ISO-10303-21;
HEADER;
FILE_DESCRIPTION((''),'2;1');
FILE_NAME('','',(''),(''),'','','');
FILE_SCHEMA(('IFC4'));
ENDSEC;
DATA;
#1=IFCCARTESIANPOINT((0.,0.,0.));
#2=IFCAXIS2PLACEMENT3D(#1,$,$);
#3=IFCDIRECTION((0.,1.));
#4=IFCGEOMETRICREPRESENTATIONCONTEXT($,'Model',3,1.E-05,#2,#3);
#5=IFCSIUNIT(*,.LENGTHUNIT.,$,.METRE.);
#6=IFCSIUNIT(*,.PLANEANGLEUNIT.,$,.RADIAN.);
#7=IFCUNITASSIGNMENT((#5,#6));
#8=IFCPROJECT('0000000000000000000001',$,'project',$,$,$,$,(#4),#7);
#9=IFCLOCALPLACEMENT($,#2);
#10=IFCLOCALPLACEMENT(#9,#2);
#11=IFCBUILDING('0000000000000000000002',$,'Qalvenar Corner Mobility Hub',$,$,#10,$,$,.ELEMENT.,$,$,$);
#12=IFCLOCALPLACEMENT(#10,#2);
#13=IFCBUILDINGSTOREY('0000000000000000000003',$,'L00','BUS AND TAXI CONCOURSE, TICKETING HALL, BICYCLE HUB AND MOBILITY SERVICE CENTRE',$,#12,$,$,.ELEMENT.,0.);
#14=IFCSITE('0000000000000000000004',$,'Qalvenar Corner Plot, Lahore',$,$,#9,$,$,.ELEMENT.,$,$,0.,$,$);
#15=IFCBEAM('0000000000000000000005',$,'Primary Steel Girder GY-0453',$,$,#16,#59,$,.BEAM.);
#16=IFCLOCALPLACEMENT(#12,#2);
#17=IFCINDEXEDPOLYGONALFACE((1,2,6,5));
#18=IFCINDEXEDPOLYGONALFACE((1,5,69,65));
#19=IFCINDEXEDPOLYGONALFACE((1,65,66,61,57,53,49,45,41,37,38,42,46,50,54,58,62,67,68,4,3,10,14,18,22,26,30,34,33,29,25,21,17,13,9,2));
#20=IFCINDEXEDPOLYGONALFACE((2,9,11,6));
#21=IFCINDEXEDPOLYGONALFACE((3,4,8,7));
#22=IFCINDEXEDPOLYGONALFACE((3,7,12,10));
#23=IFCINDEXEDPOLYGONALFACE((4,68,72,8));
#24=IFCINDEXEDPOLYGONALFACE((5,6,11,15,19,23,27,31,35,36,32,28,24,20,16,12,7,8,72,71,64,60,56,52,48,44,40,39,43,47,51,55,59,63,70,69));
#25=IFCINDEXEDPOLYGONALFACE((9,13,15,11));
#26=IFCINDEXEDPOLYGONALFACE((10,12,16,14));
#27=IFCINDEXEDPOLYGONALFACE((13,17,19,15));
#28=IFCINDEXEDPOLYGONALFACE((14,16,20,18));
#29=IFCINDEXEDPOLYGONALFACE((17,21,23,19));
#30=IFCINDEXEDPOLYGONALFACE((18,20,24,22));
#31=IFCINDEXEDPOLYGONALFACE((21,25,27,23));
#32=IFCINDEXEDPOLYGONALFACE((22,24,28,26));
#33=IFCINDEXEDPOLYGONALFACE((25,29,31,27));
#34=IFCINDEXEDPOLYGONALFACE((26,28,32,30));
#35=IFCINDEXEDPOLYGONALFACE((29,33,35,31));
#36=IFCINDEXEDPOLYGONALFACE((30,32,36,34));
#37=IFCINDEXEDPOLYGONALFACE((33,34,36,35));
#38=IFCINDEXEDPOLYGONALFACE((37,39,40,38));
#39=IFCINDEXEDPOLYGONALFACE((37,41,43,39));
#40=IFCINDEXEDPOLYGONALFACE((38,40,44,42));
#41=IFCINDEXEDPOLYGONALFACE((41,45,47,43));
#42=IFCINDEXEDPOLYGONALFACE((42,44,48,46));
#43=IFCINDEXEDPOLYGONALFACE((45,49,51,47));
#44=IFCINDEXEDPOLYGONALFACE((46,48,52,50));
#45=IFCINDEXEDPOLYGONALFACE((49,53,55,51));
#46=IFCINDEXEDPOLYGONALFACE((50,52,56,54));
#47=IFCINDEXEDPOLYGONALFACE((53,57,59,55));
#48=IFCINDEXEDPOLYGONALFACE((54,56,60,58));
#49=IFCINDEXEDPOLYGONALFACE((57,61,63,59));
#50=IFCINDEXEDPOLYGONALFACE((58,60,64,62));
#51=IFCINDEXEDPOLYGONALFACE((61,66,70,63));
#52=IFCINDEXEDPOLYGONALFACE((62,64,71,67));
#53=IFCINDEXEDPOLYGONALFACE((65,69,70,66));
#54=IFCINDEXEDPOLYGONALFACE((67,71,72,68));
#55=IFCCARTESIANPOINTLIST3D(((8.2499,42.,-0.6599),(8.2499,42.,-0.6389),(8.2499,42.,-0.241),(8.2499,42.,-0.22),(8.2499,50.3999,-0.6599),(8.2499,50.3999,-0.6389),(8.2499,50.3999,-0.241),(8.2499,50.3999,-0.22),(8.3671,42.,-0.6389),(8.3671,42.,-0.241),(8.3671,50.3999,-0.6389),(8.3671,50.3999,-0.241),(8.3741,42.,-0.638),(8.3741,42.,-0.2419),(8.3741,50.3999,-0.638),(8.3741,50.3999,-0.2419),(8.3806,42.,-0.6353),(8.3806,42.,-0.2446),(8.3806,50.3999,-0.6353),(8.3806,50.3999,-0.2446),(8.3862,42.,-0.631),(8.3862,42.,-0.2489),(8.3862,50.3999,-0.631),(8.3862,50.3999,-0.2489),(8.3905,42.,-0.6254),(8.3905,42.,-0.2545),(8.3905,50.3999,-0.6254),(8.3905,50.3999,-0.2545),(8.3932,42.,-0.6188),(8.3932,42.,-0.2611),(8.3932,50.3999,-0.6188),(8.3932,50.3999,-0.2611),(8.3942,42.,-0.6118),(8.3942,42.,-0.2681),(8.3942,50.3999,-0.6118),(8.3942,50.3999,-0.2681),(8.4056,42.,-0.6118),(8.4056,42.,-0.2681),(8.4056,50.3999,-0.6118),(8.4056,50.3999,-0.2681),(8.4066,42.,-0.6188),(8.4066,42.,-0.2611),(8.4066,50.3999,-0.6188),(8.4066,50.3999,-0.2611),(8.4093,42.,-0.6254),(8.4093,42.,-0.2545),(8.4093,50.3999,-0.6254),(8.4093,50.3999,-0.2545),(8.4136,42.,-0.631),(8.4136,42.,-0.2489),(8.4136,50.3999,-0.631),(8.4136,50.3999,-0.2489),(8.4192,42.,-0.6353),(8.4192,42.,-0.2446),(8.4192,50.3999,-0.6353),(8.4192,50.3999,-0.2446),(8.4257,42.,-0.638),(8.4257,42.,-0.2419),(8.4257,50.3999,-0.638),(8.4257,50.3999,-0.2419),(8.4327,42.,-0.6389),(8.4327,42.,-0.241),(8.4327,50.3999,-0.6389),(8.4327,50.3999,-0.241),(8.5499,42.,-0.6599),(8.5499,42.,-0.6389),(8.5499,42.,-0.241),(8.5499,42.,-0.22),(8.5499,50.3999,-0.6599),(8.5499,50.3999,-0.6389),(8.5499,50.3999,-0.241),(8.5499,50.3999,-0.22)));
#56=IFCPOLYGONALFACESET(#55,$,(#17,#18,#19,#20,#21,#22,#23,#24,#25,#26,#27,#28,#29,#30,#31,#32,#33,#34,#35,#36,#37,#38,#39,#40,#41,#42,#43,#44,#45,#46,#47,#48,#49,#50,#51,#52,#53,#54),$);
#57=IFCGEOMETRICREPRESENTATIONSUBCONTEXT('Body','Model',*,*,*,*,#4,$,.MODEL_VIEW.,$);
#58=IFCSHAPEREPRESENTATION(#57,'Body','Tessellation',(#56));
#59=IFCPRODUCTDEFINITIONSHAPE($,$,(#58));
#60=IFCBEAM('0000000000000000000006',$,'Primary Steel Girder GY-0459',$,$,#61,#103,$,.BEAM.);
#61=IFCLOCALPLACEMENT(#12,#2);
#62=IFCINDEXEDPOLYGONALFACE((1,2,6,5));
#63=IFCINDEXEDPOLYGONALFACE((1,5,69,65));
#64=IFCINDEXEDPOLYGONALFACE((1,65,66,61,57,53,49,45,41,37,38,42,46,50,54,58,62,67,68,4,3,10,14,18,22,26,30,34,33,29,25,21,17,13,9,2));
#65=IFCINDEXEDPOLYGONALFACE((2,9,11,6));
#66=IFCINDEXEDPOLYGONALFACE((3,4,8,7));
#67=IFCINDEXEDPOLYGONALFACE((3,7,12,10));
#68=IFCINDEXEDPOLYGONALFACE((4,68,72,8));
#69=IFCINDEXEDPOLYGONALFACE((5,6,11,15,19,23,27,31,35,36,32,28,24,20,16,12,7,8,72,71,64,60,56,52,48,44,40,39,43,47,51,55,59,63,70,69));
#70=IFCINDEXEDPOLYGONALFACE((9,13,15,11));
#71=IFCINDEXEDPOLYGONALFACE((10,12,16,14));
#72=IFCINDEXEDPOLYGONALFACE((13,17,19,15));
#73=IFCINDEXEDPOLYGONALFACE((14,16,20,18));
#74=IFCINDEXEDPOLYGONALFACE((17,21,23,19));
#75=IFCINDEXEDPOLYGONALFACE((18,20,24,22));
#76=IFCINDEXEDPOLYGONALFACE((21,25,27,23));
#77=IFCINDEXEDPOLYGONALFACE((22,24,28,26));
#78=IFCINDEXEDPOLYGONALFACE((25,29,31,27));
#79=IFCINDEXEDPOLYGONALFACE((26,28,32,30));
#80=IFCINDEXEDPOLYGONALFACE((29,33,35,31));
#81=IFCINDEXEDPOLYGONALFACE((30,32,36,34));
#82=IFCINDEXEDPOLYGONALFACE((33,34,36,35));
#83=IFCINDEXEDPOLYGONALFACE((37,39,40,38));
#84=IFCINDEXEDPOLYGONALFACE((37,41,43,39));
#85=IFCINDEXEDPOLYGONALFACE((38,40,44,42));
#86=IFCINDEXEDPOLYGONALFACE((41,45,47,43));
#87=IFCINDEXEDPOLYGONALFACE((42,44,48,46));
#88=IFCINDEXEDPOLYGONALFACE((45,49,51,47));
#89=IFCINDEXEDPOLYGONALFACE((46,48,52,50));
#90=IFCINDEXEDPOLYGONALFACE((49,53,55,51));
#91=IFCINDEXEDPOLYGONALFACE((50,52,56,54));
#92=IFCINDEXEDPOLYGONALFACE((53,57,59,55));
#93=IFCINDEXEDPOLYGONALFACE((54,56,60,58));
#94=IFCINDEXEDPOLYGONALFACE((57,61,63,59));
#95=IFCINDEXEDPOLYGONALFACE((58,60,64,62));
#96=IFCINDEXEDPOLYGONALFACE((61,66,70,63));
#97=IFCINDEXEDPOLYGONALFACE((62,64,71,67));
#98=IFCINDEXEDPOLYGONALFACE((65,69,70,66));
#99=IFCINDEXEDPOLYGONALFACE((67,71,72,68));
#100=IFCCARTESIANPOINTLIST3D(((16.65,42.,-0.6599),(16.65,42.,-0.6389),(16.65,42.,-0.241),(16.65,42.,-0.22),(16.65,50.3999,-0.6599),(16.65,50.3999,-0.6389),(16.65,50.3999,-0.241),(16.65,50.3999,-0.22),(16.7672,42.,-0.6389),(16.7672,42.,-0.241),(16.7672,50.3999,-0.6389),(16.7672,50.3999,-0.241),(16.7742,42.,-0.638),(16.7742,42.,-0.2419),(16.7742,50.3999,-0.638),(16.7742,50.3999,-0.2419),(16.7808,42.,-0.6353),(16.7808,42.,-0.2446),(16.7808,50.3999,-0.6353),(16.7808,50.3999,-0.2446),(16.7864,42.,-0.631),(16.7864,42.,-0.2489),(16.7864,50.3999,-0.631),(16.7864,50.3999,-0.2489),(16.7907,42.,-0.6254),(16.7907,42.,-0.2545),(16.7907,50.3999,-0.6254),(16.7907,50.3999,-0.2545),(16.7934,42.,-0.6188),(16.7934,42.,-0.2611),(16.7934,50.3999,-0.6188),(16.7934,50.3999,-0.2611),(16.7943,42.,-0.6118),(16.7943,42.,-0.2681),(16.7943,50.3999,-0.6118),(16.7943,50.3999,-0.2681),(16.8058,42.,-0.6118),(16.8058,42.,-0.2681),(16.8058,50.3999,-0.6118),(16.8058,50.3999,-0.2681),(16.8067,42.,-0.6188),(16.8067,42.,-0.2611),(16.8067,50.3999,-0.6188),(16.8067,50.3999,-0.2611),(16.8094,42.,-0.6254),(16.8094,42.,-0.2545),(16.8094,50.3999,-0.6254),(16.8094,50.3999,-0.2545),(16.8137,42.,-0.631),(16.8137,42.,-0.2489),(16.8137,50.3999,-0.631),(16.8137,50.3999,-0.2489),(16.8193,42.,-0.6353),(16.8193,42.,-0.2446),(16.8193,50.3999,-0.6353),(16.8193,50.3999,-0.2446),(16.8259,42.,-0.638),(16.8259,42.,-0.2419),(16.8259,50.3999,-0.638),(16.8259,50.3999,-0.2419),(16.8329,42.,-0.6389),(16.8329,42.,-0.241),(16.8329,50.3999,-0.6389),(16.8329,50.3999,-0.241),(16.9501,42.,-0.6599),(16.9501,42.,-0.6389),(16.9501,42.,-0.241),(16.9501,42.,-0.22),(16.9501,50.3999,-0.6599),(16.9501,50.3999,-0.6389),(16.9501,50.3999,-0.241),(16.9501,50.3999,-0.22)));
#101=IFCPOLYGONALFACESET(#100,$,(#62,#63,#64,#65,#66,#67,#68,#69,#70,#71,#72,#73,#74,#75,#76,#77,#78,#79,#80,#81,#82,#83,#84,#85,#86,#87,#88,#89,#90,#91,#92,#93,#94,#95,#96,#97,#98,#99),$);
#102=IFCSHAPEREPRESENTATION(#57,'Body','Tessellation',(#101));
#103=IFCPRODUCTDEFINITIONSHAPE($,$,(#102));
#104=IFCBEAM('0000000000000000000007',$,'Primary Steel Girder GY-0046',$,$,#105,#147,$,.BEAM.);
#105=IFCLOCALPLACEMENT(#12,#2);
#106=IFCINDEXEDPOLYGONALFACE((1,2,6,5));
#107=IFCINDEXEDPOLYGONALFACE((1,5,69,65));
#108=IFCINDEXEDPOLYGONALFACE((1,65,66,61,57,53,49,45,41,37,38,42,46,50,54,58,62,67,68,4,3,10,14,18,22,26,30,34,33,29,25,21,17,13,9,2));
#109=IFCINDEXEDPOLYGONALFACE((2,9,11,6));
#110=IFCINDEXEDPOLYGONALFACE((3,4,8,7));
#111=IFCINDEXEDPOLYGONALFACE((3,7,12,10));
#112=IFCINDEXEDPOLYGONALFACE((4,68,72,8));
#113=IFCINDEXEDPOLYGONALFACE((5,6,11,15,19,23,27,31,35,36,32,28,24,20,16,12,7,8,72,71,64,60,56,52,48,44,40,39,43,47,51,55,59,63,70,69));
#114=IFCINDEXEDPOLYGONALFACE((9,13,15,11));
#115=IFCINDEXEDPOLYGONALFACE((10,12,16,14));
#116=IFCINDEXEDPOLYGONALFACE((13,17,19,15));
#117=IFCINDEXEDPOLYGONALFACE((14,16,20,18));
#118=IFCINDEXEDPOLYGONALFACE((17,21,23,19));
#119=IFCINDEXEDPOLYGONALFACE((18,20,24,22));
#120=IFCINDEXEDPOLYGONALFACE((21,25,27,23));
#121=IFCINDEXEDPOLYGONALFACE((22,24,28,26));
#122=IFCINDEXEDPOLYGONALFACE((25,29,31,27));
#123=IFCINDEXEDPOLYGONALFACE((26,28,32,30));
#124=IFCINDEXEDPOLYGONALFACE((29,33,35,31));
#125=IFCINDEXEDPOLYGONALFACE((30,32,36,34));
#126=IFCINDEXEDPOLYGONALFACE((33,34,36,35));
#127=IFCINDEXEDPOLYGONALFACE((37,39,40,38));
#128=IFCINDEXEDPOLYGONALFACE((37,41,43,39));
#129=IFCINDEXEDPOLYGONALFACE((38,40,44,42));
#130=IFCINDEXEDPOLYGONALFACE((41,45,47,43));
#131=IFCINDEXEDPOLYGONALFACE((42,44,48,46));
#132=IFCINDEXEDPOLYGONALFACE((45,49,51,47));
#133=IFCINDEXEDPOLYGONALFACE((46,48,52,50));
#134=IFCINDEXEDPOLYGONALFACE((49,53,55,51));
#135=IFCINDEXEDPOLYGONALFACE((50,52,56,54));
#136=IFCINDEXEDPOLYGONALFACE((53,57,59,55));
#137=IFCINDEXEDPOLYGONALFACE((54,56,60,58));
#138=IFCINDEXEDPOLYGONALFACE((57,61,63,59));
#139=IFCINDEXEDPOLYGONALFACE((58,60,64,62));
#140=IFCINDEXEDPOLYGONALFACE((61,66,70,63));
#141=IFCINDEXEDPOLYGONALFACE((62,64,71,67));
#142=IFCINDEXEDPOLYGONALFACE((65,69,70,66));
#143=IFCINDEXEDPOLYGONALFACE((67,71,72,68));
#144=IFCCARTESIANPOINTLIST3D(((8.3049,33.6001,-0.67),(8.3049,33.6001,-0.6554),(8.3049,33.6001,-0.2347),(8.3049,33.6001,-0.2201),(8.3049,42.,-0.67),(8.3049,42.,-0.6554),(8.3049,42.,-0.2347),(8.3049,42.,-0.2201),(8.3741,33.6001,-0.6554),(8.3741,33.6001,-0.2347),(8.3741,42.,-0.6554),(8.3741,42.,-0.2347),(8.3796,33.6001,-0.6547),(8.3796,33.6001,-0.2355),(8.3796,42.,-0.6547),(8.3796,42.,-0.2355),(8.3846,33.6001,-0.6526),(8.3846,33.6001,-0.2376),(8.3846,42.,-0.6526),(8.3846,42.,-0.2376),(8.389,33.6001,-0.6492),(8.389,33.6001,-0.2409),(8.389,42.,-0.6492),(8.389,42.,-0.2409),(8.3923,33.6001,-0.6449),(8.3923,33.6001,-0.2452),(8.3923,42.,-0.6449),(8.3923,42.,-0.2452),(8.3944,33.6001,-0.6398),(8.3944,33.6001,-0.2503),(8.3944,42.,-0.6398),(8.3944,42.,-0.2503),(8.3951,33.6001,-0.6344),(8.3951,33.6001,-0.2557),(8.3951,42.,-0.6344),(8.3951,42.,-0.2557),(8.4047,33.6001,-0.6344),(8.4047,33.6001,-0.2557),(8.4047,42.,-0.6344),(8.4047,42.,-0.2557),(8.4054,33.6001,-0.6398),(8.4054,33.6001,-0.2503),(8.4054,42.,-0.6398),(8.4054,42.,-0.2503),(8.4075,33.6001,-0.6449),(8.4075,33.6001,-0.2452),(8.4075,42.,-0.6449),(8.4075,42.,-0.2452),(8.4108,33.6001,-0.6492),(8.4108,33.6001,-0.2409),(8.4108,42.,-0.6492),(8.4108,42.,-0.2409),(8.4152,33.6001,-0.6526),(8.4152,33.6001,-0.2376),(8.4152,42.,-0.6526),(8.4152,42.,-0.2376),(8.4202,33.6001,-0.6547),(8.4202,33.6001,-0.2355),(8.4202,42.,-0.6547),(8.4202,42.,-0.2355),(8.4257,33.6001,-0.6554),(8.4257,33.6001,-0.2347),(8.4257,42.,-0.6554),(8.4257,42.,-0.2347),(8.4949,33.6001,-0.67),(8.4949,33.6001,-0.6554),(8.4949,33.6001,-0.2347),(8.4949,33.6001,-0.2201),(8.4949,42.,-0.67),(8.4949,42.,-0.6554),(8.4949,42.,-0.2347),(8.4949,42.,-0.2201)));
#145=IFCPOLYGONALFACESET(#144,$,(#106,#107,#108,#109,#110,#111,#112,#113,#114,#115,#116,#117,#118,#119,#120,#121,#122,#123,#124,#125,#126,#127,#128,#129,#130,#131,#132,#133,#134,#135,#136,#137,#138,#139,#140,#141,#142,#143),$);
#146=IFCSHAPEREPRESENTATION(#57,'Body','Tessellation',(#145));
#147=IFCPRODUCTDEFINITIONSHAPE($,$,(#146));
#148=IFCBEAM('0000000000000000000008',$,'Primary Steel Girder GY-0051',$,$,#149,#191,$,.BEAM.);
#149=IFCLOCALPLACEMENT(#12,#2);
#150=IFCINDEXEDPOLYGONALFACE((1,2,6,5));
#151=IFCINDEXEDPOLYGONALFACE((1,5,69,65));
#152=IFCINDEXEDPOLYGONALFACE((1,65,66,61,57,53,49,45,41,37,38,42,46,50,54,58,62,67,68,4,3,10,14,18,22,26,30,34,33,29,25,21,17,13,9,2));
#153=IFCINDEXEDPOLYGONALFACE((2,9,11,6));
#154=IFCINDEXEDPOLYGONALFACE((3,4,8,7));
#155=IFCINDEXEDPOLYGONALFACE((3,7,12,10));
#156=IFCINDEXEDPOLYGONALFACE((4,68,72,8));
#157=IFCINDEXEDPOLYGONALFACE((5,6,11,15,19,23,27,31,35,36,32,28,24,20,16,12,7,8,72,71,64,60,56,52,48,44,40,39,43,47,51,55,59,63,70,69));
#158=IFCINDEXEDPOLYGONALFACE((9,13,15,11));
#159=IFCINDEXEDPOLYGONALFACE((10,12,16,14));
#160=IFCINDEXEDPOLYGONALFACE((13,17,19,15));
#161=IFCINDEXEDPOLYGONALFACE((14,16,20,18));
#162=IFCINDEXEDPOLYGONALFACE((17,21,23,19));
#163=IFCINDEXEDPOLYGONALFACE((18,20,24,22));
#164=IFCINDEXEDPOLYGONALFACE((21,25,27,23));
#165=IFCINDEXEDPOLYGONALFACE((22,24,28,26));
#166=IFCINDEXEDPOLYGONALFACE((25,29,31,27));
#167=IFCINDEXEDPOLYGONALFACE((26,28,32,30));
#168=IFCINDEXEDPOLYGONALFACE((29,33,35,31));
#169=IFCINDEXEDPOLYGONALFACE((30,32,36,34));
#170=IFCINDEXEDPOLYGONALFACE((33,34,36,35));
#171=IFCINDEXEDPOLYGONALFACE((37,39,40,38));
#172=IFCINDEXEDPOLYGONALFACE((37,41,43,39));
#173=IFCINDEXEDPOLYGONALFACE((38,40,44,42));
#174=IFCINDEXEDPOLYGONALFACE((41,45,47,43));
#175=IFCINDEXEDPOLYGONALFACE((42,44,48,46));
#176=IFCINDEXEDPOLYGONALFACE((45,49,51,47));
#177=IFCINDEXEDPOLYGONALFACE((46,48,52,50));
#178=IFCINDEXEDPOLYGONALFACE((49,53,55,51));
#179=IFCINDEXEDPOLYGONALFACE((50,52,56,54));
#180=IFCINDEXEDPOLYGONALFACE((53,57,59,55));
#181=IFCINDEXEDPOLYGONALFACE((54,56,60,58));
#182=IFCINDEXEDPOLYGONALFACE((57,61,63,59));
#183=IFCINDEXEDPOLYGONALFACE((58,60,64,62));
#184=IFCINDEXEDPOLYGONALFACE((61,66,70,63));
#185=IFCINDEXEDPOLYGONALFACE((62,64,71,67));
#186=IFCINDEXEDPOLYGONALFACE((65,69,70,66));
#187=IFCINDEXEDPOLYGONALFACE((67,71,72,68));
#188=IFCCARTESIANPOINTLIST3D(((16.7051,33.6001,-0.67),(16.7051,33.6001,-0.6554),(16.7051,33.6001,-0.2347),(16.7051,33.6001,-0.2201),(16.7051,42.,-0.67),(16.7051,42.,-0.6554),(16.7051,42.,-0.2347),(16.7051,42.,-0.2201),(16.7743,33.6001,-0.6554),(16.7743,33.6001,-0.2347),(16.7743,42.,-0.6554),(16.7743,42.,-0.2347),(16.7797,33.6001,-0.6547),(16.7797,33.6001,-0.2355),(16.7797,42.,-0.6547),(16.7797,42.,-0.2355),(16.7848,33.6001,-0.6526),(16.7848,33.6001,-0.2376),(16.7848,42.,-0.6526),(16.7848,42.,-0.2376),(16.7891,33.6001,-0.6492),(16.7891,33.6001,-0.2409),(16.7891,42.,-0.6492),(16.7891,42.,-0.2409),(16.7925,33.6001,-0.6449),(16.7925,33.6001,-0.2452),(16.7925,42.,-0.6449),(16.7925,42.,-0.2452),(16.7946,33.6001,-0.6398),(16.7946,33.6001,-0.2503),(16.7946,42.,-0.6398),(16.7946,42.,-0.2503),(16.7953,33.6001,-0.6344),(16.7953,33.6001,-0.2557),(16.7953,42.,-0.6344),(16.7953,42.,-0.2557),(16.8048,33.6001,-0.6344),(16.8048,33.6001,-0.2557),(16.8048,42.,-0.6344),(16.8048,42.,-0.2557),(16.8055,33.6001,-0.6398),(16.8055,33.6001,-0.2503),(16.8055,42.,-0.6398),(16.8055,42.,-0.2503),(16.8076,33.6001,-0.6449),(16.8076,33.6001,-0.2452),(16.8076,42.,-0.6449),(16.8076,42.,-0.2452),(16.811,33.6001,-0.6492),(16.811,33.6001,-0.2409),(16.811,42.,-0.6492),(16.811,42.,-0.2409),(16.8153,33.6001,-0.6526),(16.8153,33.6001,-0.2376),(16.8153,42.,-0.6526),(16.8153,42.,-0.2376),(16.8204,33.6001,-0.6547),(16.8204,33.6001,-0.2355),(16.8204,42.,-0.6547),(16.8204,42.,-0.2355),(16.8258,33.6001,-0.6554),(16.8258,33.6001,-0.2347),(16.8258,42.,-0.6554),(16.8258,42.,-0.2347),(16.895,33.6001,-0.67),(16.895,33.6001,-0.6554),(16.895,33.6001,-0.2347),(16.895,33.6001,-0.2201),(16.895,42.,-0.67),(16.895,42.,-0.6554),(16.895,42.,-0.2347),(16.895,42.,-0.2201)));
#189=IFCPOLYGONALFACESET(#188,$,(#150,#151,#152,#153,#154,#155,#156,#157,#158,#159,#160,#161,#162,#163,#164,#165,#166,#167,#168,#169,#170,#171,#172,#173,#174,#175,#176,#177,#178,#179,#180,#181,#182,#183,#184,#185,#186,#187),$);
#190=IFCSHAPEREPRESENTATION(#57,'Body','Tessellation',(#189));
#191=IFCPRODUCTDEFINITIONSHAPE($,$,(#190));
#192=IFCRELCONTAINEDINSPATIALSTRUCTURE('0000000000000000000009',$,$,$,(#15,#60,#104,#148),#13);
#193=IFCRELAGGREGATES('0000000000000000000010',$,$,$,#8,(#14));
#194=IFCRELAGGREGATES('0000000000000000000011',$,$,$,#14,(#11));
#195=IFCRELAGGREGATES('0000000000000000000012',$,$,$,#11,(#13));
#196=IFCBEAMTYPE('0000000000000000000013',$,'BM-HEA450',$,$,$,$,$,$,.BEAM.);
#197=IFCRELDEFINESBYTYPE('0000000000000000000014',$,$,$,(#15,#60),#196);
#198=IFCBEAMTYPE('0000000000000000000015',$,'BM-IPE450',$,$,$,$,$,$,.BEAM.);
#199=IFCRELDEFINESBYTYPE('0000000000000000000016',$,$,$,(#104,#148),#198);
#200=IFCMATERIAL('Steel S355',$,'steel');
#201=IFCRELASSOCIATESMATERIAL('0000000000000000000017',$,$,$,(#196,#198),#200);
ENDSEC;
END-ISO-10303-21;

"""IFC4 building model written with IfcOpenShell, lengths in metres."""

from ifc_helpers import new_model, si_unit, direction, frame, origin, origin_2d, place, context, subcontext, project, spatial, i_section, extrude, material, material_profile, profile_set, type_object, element, save


model = new_model("IFC4")

# Units and contexts
model_context = context("Model", 3, precision=1e-05, world=origin(), true_north=direction((0.0, 1.0)))
body_context = subcontext(model_context, "Body", "Model", "MODEL_VIEW")
ifc_project = project(units=[si_unit("LENGTHUNIT", "METRE"), si_unit("PLANEANGLEUNIT", "RADIAN")], contexts=[model_context])

# Site, building, storey
site_placement = place(None, origin())
site = spatial("IfcSite", under=ifc_project, at=site_placement, Name="Qalvenar Corner Plot, Lahore", CompositionType="ELEMENT", RefElevation=0.0)
building_placement = place(site_placement, origin())
building = spatial("IfcBuilding", under=site, at=building_placement, Name="Qalvenar Corner Mobility Hub", CompositionType="ELEMENT")
storey_placement = place(building_placement, origin())
storey = spatial("IfcBuildingStorey", under=building, at=storey_placement, Name="L00", Description="BUS AND TAXI CONCOURSE, TICKETING HALL, BICYCLE HUB AND MOBILITY SERVICE CENTRE", CompositionType="ELEMENT", Elevation=0.0)

# Shared definitions
ifc_material_1 = material(Name="Steel S355", Category="steel")

# Beams
ifc_material_profile_1 = material_profile(ifc_material_1, i_section(OverallWidth=0.3, OverallDepth=0.4399, WebThickness=0.0115, FlangeThickness=0.021, FilletRadius=0.0271, at=origin_2d()), Name="HEA450")
ifc_profile_set_1 = profile_set([ifc_material_profile_1], Name="Steel S355")
beam_type_1 = type_object("IfcBeamType", Name="BM-HEA450", PredefinedType="BEAM", material=ifc_profile_set_1)
for number, where, z_axis, x_axis, name in (
    (1, (8.3999, 42.0, -0.4399), (0.0, 1.0, 0.0), (-1.0, 0.0, 0.0), "Primary Steel Girder GY-0453"),
    (2, (16.8, 42.0, -0.4399), (0.0, 1.0, 0.0), (-1.0, 0.0, 0.0), "Primary Steel Girder GY-0459"),
):
    element("IfcBeam", number, at=place(storey_placement, frame(where, z_axis=z_axis, x_axis=x_axis)), inside=storey, type_object=beam_type_1, Name=name, PredefinedType="BEAM", context=body_context, shape_type="SweptSolid", body=[
        extrude(i_section(OverallWidth=0.3, OverallDepth=0.4399, WebThickness=0.0115, FlangeThickness=0.021, FilletRadius=0.0271, at=origin_2d()), origin(), (0.0, 0.0, 1.0), 8.3999),
    ])
ifc_material_profile_2 = material_profile(ifc_material_1, i_section(OverallWidth=0.1899, OverallDepth=0.45, WebThickness=0.0095, FlangeThickness=0.0146, FilletRadius=0.021, at=origin_2d()), Name="IPE450")
ifc_profile_set_2 = profile_set([ifc_material_profile_2], Name="Steel S355")
beam_type_2 = type_object("IfcBeamType", Name="BM-IPE450", PredefinedType="BEAM", material=ifc_profile_set_2)
for number, where, z_axis, x_axis, name in (
    (3, (8.3999, 33.6001, -0.4451), (0.0, 1.0, 0.0), (-1.0, 0.0, 0.0), "Primary Steel Girder GY-0046"),
    (4, (16.8, 33.6001, -0.4451), (0.0, 1.0, 0.0), (-1.0, 0.0, 0.0), "Primary Steel Girder GY-0051"),
):
    element("IfcBeam", number, at=place(storey_placement, frame(where, z_axis=z_axis, x_axis=x_axis)), inside=storey, type_object=beam_type_2, Name=name, PredefinedType="BEAM", context=body_context, shape_type="SweptSolid", body=[
        extrude(i_section(OverallWidth=0.1899, OverallDepth=0.45, WebThickness=0.0095, FlangeThickness=0.0146, FilletRadius=0.021, at=origin_2d()), origin(), (0.0, 0.0, 1.0), 8.3999),
    ])

save(model, "model.ifc")
